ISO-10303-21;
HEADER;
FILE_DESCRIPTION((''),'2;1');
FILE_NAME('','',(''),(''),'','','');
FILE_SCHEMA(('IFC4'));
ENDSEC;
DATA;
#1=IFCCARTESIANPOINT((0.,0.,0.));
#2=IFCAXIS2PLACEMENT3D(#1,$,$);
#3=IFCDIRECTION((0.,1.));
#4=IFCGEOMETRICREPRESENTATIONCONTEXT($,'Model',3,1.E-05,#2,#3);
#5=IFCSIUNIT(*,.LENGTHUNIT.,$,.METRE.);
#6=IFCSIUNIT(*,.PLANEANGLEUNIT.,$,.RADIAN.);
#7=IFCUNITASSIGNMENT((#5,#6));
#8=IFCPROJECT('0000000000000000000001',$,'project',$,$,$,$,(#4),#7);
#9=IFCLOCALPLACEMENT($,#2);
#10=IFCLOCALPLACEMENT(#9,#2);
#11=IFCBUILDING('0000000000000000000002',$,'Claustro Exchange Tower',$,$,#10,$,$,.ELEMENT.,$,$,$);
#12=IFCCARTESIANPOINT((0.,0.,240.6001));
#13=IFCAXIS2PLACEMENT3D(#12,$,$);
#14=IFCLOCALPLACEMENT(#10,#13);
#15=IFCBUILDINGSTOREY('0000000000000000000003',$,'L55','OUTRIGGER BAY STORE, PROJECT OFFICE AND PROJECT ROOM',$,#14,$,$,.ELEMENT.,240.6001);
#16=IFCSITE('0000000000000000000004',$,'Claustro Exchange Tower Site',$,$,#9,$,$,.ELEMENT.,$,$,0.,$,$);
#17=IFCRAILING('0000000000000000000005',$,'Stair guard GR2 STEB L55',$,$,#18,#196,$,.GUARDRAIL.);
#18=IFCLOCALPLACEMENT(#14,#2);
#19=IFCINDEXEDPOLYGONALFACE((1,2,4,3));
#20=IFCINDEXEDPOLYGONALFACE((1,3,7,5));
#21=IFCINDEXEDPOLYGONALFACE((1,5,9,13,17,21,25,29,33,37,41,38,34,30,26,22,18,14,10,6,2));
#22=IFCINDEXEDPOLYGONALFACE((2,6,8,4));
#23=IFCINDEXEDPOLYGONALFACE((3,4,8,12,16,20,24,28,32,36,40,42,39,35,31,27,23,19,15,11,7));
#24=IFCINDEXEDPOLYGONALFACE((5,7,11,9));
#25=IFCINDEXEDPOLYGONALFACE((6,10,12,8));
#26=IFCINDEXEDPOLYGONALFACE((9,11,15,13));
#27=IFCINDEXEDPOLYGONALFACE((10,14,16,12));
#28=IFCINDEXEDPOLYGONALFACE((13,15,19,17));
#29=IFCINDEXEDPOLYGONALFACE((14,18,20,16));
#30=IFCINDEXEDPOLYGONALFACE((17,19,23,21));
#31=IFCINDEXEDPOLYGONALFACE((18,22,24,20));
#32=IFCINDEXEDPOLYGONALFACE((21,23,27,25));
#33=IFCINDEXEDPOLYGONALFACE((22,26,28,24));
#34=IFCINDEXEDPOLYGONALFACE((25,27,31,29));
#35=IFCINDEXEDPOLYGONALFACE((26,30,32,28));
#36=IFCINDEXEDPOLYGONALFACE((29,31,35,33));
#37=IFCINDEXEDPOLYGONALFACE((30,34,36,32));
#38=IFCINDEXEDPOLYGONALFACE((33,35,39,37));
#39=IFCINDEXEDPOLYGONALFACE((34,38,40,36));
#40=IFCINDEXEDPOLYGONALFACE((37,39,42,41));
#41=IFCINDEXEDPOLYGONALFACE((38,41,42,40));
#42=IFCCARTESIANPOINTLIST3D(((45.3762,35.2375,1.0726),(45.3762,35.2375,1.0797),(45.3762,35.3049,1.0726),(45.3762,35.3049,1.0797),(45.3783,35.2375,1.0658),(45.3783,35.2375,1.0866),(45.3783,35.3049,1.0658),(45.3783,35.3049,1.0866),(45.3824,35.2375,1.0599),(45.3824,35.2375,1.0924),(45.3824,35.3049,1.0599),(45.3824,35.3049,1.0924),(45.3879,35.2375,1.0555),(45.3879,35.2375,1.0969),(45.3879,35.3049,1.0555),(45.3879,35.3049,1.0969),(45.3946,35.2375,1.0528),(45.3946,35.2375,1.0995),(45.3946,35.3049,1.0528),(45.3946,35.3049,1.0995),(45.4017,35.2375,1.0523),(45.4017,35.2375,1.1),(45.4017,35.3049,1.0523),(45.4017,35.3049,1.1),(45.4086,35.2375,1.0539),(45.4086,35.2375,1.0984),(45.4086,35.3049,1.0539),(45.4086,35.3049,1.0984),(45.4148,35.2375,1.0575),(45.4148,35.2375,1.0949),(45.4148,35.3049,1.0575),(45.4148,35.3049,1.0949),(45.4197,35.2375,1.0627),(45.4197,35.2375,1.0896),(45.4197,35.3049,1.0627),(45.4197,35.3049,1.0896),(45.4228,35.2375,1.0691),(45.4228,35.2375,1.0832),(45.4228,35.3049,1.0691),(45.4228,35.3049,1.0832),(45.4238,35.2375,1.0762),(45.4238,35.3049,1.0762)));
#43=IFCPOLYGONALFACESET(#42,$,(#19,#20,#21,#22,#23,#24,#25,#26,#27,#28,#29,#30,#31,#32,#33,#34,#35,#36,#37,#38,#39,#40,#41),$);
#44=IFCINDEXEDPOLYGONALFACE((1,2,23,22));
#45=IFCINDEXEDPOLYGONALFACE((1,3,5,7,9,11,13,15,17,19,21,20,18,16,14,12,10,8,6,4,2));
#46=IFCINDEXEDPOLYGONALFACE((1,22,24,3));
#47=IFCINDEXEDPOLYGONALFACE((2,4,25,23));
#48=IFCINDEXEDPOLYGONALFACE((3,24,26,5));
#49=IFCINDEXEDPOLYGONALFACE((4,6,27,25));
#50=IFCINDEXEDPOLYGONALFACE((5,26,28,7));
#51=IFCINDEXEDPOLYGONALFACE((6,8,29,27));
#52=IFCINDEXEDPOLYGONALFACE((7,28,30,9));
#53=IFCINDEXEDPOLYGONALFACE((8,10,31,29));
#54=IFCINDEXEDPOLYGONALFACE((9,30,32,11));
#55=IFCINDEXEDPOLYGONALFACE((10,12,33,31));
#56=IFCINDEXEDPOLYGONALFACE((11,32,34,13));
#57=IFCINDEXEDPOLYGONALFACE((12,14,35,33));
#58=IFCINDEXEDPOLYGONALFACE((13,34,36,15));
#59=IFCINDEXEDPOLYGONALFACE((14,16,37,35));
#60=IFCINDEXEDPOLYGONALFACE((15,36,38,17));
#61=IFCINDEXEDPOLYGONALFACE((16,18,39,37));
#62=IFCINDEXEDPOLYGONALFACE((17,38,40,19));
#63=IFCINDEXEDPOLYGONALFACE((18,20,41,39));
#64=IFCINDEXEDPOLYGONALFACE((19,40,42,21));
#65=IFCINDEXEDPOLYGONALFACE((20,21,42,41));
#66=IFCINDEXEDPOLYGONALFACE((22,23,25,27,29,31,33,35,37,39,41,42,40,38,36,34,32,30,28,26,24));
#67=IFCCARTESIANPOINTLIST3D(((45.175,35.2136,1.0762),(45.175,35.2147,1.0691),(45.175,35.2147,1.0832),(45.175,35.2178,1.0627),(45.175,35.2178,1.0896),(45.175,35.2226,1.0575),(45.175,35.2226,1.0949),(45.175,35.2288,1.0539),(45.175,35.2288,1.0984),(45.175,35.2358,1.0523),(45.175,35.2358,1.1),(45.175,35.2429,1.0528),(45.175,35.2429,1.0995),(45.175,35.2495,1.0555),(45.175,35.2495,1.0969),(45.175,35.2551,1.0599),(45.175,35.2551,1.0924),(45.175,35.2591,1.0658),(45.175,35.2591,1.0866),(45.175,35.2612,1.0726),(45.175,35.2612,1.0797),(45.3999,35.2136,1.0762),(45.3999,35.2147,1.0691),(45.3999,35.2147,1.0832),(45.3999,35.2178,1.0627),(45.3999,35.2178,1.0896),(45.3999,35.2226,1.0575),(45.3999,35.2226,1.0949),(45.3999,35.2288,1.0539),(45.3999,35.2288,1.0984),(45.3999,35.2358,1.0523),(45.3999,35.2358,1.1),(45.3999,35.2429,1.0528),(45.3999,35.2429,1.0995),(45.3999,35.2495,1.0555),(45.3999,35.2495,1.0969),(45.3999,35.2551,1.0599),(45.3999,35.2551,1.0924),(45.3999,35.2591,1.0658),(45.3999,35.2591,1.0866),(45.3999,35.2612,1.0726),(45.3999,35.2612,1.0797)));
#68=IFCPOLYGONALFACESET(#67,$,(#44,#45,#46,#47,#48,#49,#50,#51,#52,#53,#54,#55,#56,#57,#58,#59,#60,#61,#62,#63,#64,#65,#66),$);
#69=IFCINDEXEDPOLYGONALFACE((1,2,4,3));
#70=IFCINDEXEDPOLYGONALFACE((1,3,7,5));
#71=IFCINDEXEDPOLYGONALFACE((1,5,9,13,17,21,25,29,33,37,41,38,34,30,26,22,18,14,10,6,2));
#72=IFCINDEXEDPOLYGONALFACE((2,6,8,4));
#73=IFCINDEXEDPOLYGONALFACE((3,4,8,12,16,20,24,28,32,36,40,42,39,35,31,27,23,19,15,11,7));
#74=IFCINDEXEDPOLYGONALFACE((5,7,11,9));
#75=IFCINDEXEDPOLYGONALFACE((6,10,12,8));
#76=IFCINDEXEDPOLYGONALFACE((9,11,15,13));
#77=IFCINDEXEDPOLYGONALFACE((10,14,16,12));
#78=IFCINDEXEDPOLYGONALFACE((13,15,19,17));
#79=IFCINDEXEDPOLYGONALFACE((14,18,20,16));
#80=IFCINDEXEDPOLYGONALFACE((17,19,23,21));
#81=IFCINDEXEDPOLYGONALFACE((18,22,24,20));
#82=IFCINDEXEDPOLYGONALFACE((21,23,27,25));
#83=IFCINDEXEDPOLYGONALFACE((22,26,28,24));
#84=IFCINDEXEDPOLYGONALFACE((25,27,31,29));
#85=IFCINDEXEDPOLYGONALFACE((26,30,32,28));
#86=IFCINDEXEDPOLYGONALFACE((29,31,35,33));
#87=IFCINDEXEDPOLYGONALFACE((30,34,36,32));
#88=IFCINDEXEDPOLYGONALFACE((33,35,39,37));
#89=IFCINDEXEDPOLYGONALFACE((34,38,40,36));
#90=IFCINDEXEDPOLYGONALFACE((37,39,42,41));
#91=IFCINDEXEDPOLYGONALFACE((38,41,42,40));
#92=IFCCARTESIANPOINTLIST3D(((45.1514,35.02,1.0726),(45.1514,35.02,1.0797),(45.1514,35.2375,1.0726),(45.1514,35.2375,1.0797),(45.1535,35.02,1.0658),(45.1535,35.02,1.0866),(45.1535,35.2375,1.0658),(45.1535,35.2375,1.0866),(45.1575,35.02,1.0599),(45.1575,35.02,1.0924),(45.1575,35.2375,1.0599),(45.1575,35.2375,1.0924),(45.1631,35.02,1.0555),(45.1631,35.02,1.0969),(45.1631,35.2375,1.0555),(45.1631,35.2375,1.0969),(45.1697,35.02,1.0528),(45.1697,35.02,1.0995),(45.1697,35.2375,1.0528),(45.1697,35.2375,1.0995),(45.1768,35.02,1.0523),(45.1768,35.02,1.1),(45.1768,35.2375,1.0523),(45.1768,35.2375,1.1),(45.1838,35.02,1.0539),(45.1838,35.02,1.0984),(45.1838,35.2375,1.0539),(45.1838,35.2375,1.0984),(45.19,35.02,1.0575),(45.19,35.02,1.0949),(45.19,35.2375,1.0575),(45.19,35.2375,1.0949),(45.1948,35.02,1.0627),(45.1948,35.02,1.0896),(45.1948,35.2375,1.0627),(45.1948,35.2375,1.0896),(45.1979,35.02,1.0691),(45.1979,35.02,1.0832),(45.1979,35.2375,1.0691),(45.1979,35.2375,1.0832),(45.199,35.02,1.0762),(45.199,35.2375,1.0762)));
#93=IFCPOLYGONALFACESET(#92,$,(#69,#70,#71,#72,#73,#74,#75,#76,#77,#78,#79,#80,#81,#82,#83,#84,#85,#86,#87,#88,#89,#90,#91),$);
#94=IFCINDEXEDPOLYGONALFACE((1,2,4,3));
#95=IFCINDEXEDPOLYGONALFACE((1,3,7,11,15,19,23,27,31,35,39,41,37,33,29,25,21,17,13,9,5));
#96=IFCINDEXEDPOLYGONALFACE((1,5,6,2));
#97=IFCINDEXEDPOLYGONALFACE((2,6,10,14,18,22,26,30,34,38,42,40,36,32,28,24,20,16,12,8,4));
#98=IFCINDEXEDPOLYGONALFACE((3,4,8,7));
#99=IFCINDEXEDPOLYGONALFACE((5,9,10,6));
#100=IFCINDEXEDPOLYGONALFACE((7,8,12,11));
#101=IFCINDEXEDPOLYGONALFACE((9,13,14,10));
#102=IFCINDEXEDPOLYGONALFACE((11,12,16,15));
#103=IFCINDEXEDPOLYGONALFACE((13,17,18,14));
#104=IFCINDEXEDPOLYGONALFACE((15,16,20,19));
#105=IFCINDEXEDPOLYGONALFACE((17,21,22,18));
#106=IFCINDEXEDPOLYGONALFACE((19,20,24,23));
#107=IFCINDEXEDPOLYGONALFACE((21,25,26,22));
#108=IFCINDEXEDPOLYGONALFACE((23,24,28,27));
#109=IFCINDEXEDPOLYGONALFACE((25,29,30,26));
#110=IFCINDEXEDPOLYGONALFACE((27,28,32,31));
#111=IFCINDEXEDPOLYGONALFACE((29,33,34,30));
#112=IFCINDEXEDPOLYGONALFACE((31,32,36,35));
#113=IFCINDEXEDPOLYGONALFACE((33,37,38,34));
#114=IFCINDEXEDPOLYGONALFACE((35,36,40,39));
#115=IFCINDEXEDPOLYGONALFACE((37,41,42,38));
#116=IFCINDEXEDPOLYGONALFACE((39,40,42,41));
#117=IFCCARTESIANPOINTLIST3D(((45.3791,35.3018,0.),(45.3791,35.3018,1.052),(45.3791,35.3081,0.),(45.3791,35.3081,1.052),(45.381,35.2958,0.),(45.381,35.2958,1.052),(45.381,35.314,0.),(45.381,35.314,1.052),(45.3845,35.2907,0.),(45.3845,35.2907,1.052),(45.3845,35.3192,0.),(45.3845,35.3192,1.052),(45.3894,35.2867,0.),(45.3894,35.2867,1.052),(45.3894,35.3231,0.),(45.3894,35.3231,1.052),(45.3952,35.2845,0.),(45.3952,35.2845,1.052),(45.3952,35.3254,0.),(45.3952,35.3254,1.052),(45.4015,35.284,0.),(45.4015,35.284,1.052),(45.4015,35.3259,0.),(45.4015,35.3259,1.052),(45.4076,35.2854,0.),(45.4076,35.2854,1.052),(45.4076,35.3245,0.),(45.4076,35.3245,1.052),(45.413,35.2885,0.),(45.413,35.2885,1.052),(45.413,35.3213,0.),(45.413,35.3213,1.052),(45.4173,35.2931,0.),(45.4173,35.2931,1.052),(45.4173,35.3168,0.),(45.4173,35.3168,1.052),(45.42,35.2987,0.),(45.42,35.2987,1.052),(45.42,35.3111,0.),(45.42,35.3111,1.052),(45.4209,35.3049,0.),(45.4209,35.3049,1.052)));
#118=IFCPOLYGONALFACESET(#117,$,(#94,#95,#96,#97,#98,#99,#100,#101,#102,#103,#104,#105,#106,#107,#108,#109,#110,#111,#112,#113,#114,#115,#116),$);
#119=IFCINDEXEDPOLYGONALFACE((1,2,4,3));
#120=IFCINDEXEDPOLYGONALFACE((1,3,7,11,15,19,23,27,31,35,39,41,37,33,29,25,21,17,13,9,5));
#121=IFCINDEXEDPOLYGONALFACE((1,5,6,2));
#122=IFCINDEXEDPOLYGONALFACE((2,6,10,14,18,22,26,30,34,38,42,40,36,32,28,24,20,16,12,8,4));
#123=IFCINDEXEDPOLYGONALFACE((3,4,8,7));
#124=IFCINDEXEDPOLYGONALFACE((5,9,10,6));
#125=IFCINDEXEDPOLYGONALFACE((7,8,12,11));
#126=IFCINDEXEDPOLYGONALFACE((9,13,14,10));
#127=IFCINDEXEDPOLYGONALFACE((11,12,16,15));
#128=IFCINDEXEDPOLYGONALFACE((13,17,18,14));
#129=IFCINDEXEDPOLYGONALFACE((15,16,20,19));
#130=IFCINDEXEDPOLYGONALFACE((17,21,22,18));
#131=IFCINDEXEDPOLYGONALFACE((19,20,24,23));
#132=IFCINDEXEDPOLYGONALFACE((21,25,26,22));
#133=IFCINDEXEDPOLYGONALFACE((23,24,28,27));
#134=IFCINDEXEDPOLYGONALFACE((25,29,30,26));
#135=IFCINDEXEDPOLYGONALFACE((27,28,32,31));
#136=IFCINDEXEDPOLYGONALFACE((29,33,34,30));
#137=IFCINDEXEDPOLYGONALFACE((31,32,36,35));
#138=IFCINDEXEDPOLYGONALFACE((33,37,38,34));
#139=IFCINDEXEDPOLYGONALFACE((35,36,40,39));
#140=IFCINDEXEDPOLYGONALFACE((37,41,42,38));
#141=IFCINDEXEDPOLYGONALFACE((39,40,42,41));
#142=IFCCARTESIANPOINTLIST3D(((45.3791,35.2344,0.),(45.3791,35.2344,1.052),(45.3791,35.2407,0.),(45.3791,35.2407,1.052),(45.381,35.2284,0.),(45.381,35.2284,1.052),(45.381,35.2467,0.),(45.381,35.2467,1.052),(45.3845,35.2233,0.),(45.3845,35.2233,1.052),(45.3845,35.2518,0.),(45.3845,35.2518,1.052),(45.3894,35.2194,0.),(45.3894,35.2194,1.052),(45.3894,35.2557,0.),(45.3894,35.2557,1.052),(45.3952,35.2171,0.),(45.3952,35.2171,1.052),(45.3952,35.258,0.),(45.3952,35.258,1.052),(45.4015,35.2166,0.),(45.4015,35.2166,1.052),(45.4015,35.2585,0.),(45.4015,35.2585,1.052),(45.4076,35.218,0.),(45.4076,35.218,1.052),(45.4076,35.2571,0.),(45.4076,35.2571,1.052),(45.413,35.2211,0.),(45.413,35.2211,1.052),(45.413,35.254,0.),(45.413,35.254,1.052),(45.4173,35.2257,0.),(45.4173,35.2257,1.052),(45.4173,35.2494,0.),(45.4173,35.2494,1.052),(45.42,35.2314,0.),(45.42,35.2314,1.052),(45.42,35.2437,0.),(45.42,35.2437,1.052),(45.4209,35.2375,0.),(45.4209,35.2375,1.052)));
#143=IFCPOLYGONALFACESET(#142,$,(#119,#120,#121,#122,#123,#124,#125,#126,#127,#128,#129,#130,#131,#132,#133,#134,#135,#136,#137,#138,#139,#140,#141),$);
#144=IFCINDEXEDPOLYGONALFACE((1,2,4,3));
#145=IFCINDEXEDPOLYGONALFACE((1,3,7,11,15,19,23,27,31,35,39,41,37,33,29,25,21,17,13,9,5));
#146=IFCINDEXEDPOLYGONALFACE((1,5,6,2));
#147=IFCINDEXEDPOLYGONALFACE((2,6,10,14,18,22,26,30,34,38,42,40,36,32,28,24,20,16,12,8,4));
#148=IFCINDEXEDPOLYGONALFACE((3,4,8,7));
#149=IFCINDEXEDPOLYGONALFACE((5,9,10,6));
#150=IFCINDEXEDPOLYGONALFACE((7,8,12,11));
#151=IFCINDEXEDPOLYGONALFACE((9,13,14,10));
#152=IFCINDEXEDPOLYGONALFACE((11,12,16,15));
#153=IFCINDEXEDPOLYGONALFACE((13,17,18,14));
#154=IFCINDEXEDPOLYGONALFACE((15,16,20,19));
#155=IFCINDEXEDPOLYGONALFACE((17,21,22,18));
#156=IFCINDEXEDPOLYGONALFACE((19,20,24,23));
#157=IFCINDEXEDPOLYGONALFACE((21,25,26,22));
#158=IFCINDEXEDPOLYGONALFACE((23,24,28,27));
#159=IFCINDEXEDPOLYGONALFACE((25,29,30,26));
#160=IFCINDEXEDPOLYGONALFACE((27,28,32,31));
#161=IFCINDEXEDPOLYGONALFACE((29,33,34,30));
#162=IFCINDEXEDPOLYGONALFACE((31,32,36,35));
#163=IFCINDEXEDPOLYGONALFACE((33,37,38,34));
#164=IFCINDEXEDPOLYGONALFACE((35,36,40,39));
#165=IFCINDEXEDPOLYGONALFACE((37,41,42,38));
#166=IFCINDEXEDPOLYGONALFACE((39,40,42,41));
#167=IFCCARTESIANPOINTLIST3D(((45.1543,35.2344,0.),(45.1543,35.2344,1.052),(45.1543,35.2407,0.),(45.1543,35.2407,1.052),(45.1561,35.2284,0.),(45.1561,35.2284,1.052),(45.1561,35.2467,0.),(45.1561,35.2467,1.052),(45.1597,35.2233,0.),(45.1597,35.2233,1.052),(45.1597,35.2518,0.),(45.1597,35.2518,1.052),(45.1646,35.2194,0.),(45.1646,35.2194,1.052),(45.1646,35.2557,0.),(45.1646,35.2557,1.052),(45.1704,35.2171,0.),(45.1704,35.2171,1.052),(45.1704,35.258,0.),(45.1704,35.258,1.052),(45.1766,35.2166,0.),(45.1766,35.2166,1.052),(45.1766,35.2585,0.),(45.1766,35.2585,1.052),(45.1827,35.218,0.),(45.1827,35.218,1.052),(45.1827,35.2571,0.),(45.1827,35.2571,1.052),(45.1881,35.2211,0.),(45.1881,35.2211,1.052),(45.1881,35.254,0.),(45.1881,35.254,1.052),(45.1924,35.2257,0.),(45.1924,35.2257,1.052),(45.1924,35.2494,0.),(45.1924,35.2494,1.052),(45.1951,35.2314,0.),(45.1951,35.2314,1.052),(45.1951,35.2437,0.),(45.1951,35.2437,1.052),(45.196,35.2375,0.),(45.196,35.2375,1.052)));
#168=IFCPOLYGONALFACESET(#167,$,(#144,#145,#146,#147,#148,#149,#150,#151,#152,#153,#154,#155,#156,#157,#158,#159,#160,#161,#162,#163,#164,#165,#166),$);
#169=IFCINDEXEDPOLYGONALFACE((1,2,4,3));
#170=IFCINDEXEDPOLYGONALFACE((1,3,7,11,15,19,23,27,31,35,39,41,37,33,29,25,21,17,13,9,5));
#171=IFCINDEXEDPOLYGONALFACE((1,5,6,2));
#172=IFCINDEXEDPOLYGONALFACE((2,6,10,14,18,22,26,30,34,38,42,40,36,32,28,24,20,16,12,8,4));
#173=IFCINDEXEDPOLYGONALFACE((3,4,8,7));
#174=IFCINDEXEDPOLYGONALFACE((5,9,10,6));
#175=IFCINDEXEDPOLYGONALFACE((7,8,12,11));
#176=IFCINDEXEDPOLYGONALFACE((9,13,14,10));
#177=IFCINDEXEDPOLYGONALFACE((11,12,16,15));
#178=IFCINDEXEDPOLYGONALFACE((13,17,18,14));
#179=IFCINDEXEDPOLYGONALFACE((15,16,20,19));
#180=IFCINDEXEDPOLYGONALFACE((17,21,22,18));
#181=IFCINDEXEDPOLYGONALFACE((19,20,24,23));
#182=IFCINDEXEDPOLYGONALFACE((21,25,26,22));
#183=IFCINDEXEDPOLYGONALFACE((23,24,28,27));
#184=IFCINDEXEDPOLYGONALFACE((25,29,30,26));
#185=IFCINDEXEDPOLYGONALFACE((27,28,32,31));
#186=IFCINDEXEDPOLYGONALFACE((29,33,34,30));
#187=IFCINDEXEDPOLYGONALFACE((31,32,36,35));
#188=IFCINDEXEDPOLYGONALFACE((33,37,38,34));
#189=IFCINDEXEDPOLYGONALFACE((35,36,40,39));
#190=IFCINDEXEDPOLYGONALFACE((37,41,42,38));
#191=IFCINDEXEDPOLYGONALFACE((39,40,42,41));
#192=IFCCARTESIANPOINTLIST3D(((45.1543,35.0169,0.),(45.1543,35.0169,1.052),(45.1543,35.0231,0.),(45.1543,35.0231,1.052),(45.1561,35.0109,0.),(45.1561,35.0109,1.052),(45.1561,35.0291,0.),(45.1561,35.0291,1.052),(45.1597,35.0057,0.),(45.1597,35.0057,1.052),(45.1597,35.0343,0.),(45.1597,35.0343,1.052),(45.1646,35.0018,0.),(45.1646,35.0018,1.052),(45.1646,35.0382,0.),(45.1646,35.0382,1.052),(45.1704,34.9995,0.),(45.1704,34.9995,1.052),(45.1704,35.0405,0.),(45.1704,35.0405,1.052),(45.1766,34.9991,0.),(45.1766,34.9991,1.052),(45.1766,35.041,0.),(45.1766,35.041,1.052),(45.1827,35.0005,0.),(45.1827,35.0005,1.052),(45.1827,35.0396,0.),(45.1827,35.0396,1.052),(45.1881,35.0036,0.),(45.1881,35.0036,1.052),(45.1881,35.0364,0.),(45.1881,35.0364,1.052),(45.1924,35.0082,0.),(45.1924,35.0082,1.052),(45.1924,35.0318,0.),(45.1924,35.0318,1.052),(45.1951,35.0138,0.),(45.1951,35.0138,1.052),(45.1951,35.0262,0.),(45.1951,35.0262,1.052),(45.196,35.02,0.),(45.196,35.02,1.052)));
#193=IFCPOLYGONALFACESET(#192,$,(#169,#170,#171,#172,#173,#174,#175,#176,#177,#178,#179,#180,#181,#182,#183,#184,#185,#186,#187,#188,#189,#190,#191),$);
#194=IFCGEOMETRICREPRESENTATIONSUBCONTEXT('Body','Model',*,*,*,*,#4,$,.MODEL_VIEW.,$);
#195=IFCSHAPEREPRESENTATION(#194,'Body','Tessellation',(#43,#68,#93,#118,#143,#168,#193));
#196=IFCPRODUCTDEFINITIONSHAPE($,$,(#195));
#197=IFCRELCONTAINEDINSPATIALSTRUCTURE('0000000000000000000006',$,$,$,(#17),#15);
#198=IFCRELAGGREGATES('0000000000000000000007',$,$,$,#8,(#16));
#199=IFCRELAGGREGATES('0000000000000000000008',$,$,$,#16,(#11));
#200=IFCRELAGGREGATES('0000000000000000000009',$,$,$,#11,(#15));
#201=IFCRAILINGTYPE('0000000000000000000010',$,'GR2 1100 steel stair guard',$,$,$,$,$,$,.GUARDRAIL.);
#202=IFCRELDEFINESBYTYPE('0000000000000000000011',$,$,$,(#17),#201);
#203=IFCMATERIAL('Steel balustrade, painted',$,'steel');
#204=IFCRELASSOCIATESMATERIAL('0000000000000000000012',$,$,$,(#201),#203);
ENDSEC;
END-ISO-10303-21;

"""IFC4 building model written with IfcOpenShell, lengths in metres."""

from ifc_helpers import new_model, si_unit, direction, frame, origin, origin_2d, place, context, subcontext, project, spatial, circle, extrude, material, type_object, element, save


model = new_model("IFC4")

# Units and contexts
model_context = context("Model", 3, precision=1e-05, world=origin(), true_north=direction((0.0, 1.0)))
body_context = subcontext(model_context, "Body", "Model", "MODEL_VIEW")
ifc_project = project(units=[si_unit("LENGTHUNIT", "METRE"), si_unit("PLANEANGLEUNIT", "RADIAN")], contexts=[model_context])

# Site, building, storey
site_placement = place(None, origin())
site = spatial("IfcSite", under=ifc_project, at=site_placement, Name="Claustro Exchange Tower Site", CompositionType="ELEMENT", RefElevation=0.0)
building_placement = place(site_placement, origin())
building = spatial("IfcBuilding", under=site, at=building_placement, Name="Claustro Exchange Tower", CompositionType="ELEMENT")
storey_placement = place(building_placement, frame((0.0, 0.0, 240.6001)))
storey = spatial("IfcBuildingStorey", under=building, at=storey_placement, Name="L55", Description="OUTRIGGER BAY STORE, PROJECT OFFICE AND PROJECT ROOM", CompositionType="ELEMENT", Elevation=240.6001)

# Railing
ifc_material_1 = material(Name="Steel balustrade, painted", Category="steel")
railing_type_1 = type_object("IfcRailingType", Name="GR2 1100 steel stair guard", PredefinedType="GUARDRAIL", material=ifc_material_1)
railing_1_placement = place(storey_placement, frame((45.3999, 35.3049, 0.0)))
element("IfcRailing", 1, at=railing_1_placement, inside=storey, type_object=railing_type_1, Name="Stair guard GR2 STEB L55", PredefinedType="GUARDRAIL", context=body_context, shape_type="SweptSolid", body=[
    extrude(circle(Radius=0.0239, at=origin_2d()), frame((0.0, 0.0, 1.0762), z_axis=(0.0, -1.0, 0.0), x_axis=(1.0, 0.0, 0.0)), (0.0, 0.0, 1.0), 0.0674),
    extrude(circle(Radius=0.0239, at=origin_2d()), frame((0.0, -0.0674, 1.0762), z_axis=(-1.0, 0.0, 0.0), x_axis=(0.0, -1.0, 0.0)), (0.0, 0.0, 1.0), 0.2249),
    extrude(circle(Radius=0.0239, at=origin_2d()), frame((-0.2249, -0.0674, 1.0762), z_axis=(0.0, -1.0, 0.0), x_axis=(1.0, 0.0, 0.0)), (0.0, 0.0, 1.0), 0.2175),
    extrude(circle(Radius=0.021, at=origin_2d()), origin(), (0.0, 0.0, 1.0), 1.052),
    extrude(circle(Radius=0.021, at=origin_2d()), frame((0.0, -0.0674, 0.0)), (0.0, 0.0, 1.0), 1.052),
    extrude(circle(Radius=0.021, at=origin_2d()), frame((-0.2249, -0.0674, 0.0)), (0.0, 0.0, 1.0), 1.052),
    extrude(circle(Radius=0.021, at=origin_2d()), frame((-0.2249, -0.2849, 0.0)), (0.0, 0.0, 1.0), 1.052),
])

save(model, "model.ifc")
